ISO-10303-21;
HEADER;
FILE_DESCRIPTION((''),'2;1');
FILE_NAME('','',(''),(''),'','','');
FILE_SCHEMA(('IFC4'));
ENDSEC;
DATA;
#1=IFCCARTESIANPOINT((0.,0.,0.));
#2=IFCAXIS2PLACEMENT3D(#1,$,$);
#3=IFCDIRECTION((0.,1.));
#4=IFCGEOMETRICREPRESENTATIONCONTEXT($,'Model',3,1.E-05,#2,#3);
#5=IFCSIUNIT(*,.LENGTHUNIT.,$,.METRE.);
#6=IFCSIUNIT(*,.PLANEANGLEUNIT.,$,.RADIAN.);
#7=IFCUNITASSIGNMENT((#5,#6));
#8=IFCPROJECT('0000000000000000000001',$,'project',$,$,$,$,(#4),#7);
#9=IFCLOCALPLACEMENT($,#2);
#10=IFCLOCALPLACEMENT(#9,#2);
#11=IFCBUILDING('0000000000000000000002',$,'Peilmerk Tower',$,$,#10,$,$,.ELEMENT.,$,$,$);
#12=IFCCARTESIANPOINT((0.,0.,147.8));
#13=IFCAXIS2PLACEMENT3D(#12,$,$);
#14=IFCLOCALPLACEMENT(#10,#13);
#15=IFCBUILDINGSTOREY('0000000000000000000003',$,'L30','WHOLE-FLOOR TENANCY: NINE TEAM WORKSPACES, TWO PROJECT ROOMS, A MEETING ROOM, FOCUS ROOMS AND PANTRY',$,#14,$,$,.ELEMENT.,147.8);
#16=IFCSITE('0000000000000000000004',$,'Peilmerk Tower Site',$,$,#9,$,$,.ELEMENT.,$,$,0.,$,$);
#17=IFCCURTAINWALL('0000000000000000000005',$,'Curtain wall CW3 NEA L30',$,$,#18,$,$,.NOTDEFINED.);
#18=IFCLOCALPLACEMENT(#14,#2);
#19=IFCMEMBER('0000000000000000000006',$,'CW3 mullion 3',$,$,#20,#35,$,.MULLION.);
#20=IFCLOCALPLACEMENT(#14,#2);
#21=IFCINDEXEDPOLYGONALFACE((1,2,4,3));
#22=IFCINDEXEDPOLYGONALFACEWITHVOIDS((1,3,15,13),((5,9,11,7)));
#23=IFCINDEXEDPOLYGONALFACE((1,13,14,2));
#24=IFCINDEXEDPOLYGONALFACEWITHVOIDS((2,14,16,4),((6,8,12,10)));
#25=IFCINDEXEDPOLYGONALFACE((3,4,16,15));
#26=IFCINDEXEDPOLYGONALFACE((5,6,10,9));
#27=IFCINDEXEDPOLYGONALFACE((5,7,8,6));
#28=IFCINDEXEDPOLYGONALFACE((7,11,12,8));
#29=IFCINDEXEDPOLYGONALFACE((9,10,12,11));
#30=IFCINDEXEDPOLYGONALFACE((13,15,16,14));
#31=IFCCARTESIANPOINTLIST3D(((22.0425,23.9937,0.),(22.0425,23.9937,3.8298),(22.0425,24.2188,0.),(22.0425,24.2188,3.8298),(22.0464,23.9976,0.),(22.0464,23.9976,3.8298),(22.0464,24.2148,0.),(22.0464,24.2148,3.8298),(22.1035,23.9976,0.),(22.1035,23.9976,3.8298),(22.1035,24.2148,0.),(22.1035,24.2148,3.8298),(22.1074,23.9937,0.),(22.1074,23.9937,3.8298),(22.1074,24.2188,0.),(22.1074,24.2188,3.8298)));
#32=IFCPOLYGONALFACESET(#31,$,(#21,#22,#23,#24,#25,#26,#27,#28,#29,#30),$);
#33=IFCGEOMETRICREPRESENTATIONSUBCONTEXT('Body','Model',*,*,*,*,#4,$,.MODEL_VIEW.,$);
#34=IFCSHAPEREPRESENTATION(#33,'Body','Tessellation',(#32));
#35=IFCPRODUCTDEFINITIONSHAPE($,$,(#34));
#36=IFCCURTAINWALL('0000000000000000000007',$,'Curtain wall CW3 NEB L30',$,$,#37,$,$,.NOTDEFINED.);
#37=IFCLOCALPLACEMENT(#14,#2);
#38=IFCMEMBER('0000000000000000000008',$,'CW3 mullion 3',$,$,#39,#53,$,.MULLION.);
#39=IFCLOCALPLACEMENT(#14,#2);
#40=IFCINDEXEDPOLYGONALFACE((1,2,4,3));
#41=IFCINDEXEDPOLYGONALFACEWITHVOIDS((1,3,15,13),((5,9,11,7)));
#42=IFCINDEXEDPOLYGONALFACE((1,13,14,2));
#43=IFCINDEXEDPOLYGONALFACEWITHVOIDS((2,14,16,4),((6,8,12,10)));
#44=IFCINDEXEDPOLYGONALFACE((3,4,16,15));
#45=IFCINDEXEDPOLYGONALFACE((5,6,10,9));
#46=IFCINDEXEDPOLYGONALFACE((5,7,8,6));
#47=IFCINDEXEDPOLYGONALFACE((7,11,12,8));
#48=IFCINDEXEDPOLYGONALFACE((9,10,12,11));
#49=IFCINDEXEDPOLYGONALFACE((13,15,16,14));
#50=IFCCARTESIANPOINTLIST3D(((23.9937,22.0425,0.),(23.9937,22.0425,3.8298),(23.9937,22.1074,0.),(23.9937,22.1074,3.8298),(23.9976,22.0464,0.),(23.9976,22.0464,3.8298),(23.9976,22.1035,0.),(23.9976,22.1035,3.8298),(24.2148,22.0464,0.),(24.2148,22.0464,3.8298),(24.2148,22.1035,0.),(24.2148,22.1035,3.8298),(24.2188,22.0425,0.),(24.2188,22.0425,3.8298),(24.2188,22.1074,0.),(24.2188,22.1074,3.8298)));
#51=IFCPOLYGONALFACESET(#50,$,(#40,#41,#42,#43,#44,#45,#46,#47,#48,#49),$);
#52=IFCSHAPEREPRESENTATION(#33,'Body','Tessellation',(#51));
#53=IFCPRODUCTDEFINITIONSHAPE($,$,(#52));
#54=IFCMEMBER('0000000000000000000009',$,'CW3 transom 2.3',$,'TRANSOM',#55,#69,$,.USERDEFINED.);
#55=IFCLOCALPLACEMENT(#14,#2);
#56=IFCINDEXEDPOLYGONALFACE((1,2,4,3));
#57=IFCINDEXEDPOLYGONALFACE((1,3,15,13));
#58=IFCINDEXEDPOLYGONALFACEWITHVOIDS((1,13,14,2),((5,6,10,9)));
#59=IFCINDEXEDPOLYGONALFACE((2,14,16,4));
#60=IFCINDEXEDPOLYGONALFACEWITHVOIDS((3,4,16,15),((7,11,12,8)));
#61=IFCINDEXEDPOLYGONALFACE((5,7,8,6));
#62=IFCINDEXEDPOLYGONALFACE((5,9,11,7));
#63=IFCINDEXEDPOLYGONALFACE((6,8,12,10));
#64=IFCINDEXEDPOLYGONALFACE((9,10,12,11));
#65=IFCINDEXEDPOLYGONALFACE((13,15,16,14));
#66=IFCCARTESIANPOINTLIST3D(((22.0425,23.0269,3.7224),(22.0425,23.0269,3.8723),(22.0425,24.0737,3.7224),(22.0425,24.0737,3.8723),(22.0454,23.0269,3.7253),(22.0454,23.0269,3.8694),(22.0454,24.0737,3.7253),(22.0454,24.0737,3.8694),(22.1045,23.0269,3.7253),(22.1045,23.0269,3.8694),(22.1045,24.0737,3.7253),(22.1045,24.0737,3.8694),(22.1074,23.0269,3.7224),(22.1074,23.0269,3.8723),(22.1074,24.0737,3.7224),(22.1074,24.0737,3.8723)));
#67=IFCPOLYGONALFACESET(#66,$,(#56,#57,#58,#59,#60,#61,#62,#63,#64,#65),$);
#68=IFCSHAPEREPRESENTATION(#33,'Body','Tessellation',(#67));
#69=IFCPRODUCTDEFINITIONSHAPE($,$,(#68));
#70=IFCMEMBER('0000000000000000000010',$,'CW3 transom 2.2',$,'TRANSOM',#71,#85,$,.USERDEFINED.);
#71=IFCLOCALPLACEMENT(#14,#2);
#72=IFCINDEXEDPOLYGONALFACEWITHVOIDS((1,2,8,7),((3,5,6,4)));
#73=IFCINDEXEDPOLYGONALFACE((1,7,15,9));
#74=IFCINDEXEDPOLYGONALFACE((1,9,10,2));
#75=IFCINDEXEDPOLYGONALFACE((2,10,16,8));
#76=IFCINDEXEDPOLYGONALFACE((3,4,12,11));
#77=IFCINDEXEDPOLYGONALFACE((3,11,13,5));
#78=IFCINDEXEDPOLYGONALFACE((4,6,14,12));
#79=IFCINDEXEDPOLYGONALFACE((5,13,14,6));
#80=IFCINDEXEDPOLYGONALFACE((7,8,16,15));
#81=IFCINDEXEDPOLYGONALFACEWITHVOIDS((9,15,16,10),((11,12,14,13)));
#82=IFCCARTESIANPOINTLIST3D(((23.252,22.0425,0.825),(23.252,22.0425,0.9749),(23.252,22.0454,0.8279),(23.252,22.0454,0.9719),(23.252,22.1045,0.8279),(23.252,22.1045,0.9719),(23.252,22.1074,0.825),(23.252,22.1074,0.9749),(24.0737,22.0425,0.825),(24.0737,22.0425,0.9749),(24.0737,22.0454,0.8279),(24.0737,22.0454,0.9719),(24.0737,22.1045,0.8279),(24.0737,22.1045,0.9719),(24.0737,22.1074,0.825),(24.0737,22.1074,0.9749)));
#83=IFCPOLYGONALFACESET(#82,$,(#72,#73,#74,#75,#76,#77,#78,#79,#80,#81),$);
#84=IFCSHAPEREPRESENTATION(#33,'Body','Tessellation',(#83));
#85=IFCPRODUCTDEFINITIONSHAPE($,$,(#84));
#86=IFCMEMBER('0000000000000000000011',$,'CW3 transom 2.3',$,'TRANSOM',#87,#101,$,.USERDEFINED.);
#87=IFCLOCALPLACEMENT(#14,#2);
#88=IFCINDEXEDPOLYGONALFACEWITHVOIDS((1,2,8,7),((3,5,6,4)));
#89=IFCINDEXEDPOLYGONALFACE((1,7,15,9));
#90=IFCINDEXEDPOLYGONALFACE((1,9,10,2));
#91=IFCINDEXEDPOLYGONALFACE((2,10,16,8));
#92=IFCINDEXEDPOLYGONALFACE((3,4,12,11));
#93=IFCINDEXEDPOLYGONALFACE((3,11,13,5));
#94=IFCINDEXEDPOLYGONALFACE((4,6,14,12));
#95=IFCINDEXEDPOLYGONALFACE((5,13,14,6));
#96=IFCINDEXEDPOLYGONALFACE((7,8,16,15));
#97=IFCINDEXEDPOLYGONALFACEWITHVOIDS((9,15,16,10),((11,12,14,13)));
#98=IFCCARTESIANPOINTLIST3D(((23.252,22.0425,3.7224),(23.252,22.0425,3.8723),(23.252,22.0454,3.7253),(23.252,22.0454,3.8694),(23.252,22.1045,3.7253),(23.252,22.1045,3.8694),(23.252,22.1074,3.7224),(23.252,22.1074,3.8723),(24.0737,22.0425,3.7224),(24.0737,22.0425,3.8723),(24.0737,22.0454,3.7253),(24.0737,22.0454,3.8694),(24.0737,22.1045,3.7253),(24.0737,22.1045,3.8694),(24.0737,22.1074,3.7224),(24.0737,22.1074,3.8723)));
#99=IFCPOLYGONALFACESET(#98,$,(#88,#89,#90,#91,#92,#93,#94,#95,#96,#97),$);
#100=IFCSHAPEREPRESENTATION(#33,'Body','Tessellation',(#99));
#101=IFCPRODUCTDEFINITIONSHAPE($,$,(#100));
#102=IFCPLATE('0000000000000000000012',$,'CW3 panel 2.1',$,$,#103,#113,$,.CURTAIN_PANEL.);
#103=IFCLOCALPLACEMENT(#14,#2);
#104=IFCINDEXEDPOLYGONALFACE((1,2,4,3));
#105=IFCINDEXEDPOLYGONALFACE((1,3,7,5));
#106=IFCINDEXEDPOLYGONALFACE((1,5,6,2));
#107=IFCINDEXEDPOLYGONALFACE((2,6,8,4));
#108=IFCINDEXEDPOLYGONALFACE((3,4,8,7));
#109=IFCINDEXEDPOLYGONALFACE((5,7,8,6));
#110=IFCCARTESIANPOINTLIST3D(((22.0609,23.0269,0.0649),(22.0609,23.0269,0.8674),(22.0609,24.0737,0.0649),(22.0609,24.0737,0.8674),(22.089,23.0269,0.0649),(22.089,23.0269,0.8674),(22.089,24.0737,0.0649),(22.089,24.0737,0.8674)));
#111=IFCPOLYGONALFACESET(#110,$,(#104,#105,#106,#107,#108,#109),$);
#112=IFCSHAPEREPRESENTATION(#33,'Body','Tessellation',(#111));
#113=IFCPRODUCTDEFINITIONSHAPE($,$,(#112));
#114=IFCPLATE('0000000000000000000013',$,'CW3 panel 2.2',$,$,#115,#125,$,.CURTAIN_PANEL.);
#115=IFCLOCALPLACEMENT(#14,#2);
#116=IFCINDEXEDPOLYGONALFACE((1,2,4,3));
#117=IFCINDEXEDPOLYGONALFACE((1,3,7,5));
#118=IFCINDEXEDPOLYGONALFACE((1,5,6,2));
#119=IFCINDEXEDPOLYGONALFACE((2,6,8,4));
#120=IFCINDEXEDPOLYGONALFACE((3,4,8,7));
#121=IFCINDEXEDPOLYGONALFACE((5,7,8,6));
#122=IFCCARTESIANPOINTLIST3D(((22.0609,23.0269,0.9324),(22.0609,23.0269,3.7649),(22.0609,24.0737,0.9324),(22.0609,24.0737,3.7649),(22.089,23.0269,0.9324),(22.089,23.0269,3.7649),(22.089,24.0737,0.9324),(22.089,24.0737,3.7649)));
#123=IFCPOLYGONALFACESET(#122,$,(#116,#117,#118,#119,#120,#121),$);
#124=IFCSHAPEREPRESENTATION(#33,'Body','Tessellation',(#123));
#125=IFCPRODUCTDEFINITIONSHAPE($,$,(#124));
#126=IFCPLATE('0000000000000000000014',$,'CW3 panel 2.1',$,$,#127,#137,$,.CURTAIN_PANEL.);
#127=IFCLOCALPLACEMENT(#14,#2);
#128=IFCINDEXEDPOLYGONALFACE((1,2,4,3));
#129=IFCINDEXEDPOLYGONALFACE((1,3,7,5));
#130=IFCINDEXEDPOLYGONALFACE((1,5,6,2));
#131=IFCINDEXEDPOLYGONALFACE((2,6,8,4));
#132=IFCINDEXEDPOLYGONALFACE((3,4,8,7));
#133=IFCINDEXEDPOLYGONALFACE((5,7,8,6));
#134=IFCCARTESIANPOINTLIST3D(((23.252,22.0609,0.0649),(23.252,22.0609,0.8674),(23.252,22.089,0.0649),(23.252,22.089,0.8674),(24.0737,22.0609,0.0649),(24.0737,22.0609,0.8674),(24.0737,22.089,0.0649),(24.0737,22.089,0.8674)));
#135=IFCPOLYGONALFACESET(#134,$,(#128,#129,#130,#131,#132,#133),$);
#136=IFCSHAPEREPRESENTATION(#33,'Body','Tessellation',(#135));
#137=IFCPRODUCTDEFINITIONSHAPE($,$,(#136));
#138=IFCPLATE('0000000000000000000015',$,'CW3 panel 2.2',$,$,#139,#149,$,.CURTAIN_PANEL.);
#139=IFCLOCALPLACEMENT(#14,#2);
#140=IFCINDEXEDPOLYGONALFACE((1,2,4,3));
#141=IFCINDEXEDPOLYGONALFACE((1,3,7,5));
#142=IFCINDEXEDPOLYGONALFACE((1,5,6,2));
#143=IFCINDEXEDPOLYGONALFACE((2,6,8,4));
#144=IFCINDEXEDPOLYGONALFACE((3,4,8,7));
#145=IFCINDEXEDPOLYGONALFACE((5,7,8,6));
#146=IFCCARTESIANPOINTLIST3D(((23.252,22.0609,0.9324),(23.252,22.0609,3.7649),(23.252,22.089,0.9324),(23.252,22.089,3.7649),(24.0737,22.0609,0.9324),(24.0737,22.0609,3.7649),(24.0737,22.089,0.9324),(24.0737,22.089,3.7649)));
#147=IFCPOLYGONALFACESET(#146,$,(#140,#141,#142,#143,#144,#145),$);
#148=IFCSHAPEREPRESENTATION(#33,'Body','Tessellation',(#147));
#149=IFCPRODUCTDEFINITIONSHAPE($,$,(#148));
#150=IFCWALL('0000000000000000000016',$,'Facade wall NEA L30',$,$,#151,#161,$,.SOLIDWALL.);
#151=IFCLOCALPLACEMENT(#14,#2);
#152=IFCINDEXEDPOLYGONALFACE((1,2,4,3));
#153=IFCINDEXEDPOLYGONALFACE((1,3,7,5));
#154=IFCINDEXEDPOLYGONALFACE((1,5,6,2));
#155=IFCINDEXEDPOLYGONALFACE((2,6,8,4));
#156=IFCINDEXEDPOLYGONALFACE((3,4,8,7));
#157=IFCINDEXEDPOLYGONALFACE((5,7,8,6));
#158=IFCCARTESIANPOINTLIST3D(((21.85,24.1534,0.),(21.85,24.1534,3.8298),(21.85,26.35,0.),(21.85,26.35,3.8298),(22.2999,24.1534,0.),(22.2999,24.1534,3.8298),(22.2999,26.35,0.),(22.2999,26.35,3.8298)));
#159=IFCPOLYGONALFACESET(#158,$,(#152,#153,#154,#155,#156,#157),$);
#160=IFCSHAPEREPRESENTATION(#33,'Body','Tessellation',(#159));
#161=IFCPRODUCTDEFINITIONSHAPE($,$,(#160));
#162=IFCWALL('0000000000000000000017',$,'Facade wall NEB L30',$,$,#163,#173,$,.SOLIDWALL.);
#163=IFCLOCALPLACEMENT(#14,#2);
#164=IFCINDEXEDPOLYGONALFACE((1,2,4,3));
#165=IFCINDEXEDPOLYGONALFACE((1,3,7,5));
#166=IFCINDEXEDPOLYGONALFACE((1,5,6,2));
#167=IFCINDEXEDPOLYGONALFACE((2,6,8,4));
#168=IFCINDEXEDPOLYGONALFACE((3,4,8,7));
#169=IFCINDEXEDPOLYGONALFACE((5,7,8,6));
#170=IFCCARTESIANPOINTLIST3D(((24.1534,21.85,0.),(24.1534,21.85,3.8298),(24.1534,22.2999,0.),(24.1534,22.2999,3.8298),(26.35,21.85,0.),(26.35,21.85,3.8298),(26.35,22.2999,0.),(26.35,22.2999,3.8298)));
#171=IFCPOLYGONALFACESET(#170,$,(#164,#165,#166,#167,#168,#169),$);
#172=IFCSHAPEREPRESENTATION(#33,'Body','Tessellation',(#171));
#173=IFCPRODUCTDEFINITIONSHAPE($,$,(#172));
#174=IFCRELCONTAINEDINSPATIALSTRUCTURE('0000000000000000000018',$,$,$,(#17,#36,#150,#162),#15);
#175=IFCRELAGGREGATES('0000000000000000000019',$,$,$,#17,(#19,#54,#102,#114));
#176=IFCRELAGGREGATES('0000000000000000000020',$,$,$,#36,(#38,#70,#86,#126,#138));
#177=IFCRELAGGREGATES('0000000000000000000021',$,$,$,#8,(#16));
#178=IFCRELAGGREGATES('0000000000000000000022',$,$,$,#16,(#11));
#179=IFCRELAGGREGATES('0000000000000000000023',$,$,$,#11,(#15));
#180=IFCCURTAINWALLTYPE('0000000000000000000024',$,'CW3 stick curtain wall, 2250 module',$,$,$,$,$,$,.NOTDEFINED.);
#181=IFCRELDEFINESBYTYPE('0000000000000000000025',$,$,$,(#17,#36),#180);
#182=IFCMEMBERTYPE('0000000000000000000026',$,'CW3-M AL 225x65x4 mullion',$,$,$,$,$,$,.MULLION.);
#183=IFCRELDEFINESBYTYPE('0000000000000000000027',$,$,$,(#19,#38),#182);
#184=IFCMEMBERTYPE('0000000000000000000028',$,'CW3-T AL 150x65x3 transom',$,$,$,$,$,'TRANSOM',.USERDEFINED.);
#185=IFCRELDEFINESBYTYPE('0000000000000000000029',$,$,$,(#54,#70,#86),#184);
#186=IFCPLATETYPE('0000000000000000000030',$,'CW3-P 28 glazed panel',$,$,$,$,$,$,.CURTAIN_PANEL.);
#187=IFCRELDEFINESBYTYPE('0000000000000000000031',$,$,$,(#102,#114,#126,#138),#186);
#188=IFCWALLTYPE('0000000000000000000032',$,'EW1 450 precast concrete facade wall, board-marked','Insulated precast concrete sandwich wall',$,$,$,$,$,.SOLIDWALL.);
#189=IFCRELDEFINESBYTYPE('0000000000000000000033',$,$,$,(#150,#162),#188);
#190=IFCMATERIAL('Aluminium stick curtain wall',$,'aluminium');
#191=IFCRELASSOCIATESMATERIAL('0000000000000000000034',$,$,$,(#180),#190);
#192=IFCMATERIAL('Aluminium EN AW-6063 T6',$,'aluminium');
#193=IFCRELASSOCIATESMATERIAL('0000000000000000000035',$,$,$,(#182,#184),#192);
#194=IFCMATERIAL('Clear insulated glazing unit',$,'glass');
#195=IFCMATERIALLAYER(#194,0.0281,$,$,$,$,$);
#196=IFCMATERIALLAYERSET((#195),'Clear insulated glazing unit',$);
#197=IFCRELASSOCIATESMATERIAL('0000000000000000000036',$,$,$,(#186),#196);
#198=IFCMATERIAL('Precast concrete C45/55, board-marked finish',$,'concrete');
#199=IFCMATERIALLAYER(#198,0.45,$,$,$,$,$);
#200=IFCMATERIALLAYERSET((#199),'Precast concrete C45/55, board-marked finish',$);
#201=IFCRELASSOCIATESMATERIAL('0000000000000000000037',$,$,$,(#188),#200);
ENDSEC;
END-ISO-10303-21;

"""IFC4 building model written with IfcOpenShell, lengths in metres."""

from ifc_helpers import new_model, si_unit, direction, frame, frame_2d, origin, origin_2d, place, context, subcontext, project, spatial, rectangle, hollow_rectangle, extrude, material, layer, layer_set, material_profile, profile_set, type_object, element, aggregate, save


model = new_model("IFC4")

# Units and contexts
model_context = context("Model", 3, precision=1e-05, world=origin(), true_north=direction((0.0, 1.0)))
body_context = subcontext(model_context, "Body", "Model", "MODEL_VIEW")
ifc_project = project(units=[si_unit("LENGTHUNIT", "METRE"), si_unit("PLANEANGLEUNIT", "RADIAN")], contexts=[model_context])

# Site, building, storey
site_placement = place(None, origin())
site = spatial("IfcSite", under=ifc_project, at=site_placement, Name="Peilmerk Tower Site", CompositionType="ELEMENT", RefElevation=0.0)
building_placement = place(site_placement, origin())
building = spatial("IfcBuilding", under=site, at=building_placement, Name="Peilmerk Tower", CompositionType="ELEMENT")
storey_placement = place(building_placement, frame((0.0, 0.0, 147.8)))
storey = spatial("IfcBuildingStorey", under=building, at=storey_placement, Name="L30", Description="WHOLE-FLOOR TENANCY: NINE TEAM WORKSPACES, TWO PROJECT ROOMS, A MEETING ROOM, FOCUS ROOMS AND PANTRY", CompositionType="ELEMENT", Elevation=147.8)

# Curtain walls, members
ifc_material_1 = material(Name="Aluminium stick curtain wall", Category="aluminium")
curtain_wall_type = type_object("IfcCurtainWallType", Name="CW3 stick curtain wall, 2250 module", PredefinedType="NOTDEFINED", material=ifc_material_1)
curtain_wall_1_placement = place(storey_placement, origin())
curtain_wall_1 = element("IfcCurtainWall", 1, at=curtain_wall_1_placement, inside=storey, type_object=curtain_wall_type, Name="Curtain wall CW3 NEA L30", PredefinedType="NOTDEFINED")
ifc_material_2 = material(Name="Aluminium EN AW-6063 T6", Category="aluminium")
ifc_material_profile_1 = material_profile(ifc_material_2, hollow_rectangle(XDim=0.0649, YDim=0.2251, WallThickness=0.0039, at=origin_2d()), Name="AL 225x65x4")
ifc_profile_set_1 = profile_set([ifc_material_profile_1], Name="Aluminium EN AW-6063 T6")
member_type_1 = type_object("IfcMemberType", Name="CW3-M AL 225x65x4 mullion", PredefinedType="MULLION", material=ifc_profile_set_1)
member_1_placement = place(storey_placement, frame((22.075, 24.1062, 0.0), z_axis=(0.0, 0.0, 1.0), x_axis=(-1.0, 0.0, 0.0)))
member_1 = element("IfcMember", 2, at=member_1_placement, type_object=member_type_1, Name="CW3 mullion 3", PredefinedType="MULLION", context=body_context, shape_type="SweptSolid", body=[
    extrude(hollow_rectangle(XDim=0.0649, YDim=0.2251, WallThickness=0.0039, at=origin_2d()), origin(), (0.0, 0.0, 1.0), 3.8298),
])
curtain_wall_2_placement = place(storey_placement, origin())
curtain_wall_2 = element("IfcCurtainWall", 3, at=curtain_wall_2_placement, inside=storey, type_object=curtain_wall_type, Name="Curtain wall CW3 NEB L30", PredefinedType="NOTDEFINED")
member_2_placement = place(storey_placement, frame((24.1062, 22.075, 0.0), z_axis=(0.0, 0.0, 1.0), x_axis=(0.0, 1.0, 0.0)))
member_2 = element("IfcMember", 4, at=member_2_placement, type_object=member_type_1, Name="CW3 mullion 3", PredefinedType="MULLION", context=body_context, shape_type="SweptSolid", body=[
    extrude(hollow_rectangle(XDim=0.0649, YDim=0.2251, WallThickness=0.0039, at=origin_2d()), origin(), (0.0, 0.0, 1.0), 3.8298),
])

# Members
ifc_material_profile_2 = material_profile(ifc_material_2, hollow_rectangle(XDim=0.0649, YDim=0.1499, WallThickness=0.0029, at=origin_2d()), Name="AL 150x65x3")
ifc_profile_set_2 = profile_set([ifc_material_profile_2], Name="Aluminium EN AW-6063 T6")
member_type_2 = type_object("IfcMemberType", Name="CW3-T AL 150x65x3 transom", ElementType="TRANSOM", PredefinedType="USERDEFINED", material=ifc_profile_set_2)
member_3_placement = place(storey_placement, frame((22.075, 23.0269, 3.7974), z_axis=(0.0, 1.0, 0.0), x_axis=(-1.0, 0.0, 0.0)))
member_3 = element("IfcMember", 5, at=member_3_placement, type_object=member_type_2, Name="CW3 transom 2.3", ObjectType="TRANSOM", PredefinedType="USERDEFINED", context=body_context, shape_type="SweptSolid", body=[
    extrude(hollow_rectangle(XDim=0.0649, YDim=0.1499, WallThickness=0.0029, at=origin_2d()), origin(), (0.0, 0.0, 1.0), 1.0469),
])
member_4_placement = place(storey_placement, frame((23.252, 22.075, 0.8999), z_axis=(1.0, 0.0, 0.0), x_axis=(0.0, 1.0, 0.0)))
member_4 = element("IfcMember", 6, at=member_4_placement, type_object=member_type_2, Name="CW3 transom 2.2", ObjectType="TRANSOM", PredefinedType="USERDEFINED", context=body_context, shape_type="SweptSolid", body=[
    extrude(hollow_rectangle(XDim=0.0649, YDim=0.1499, WallThickness=0.0029, at=origin_2d()), origin(), (0.0, 0.0, 1.0), 0.8218),
])
member_5_placement = place(storey_placement, frame((23.252, 22.075, 3.7974), z_axis=(1.0, 0.0, 0.0), x_axis=(0.0, 1.0, 0.0)))
member_5 = element("IfcMember", 7, at=member_5_placement, type_object=member_type_2, Name="CW3 transom 2.3", ObjectType="TRANSOM", PredefinedType="USERDEFINED", context=body_context, shape_type="SweptSolid", body=[
    extrude(hollow_rectangle(XDim=0.0649, YDim=0.1499, WallThickness=0.0029, at=origin_2d()), origin(), (0.0, 0.0, 1.0), 0.8218),
])

# Plates
ifc_material_3 = material(Name="Clear insulated glazing unit", Category="glass")
ifc_layer_1 = layer(ifc_material_3, 0.0281)
ifc_layer_set_1 = layer_set([ifc_layer_1], Name="Clear insulated glazing unit")
plate_type = type_object("IfcPlateType", Name="CW3-P 28 glazed panel", PredefinedType="CURTAIN_PANEL", material=ifc_layer_set_1)
plate_1_placement = place(storey_placement, frame((22.075, 23.5503, 0.0649), z_axis=(0.0, 0.0, 1.0), x_axis=(0.0, 1.0, 0.0)))
plate_1 = element("IfcPlate", 8, at=plate_1_placement, type_object=plate_type, Name="CW3 panel 2.1", PredefinedType="CURTAIN_PANEL", context=body_context, shape_type="SweptSolid", body=[
    extrude(rectangle(XDim=1.0469, YDim=0.0281, at=origin_2d()), origin(), (0.0, 0.0, 1.0), 0.8025),
])
plate_2_placement = place(storey_placement, frame((22.075, 23.5503, 0.9324), z_axis=(0.0, 0.0, 1.0), x_axis=(0.0, 1.0, 0.0)))
plate_2 = element("IfcPlate", 9, at=plate_2_placement, type_object=plate_type, Name="CW3 panel 2.2", PredefinedType="CURTAIN_PANEL", context=body_context, shape_type="SweptSolid", body=[
    extrude(rectangle(XDim=1.0469, YDim=0.0281, at=origin_2d()), origin(), (0.0, 0.0, 1.0), 2.8325),
])
aggregate(curtain_wall_1, [member_1, member_3, plate_1, plate_2])
plate_3_placement = place(storey_placement, frame((23.6628, 22.075, 0.0649), z_axis=(0.0, 0.0, 1.0), x_axis=(1.0, 0.0, 0.0)))
plate_3 = element("IfcPlate", 10, at=plate_3_placement, type_object=plate_type, Name="CW3 panel 2.1", PredefinedType="CURTAIN_PANEL", context=body_context, shape_type="SweptSolid", body=[
    extrude(rectangle(XDim=0.8218, YDim=0.0281, at=origin_2d()), origin(), (0.0, 0.0, 1.0), 0.8025),
])
plate_4_placement = place(storey_placement, frame((23.6628, 22.075, 0.9324), z_axis=(0.0, 0.0, 1.0), x_axis=(1.0, 0.0, 0.0)))
plate_4 = element("IfcPlate", 11, at=plate_4_placement, type_object=plate_type, Name="CW3 panel 2.2", PredefinedType="CURTAIN_PANEL", context=body_context, shape_type="SweptSolid", body=[
    extrude(rectangle(XDim=0.8218, YDim=0.0281, at=origin_2d()), origin(), (0.0, 0.0, 1.0), 2.8325),
])
aggregate(curtain_wall_2, [member_2, member_4, member_5, plate_3, plate_4])

# Shared definitions
ifc_material_4 = material(Name="Precast concrete C45/55, board-marked finish", Category="concrete")
ifc_layer_2 = layer(ifc_material_4, 0.45)
ifc_layer_set_2 = layer_set([ifc_layer_2], Name="Precast concrete C45/55, board-marked finish")
wall_type = type_object("IfcWallType", Name="EW1 450 precast concrete facade wall, board-marked", Description="Insulated precast concrete sandwich wall", PredefinedType="SOLIDWALL", material=ifc_layer_set_2)

# Walls
for number, where, z_axis, x_axis, name in (
    (12, (22.075, 24.1536, 0.0), (0.0, 0.0, 1.0), (0.0, 1.0, 0.0), "Facade wall NEA L30"),
    (13, (24.1536, 22.075, 0.0), (0.0, 0.0, 1.0), (1.0, 0.0, 0.0), "Facade wall NEB L30"),
):
    element("IfcWall", number, at=place(storey_placement, frame(where, z_axis=z_axis, x_axis=x_axis)), inside=storey, type_object=wall_type, Name=name, PredefinedType="SOLIDWALL", context=body_context, shape_type="SweptSolid", body=[
        extrude(rectangle(XDim=2.1965, YDim=0.45, at=frame_2d((1.0981, 0.0))), origin(), (0.0, 0.0, 1.0), 3.8298),
    ])

save(model, "model.ifc")
